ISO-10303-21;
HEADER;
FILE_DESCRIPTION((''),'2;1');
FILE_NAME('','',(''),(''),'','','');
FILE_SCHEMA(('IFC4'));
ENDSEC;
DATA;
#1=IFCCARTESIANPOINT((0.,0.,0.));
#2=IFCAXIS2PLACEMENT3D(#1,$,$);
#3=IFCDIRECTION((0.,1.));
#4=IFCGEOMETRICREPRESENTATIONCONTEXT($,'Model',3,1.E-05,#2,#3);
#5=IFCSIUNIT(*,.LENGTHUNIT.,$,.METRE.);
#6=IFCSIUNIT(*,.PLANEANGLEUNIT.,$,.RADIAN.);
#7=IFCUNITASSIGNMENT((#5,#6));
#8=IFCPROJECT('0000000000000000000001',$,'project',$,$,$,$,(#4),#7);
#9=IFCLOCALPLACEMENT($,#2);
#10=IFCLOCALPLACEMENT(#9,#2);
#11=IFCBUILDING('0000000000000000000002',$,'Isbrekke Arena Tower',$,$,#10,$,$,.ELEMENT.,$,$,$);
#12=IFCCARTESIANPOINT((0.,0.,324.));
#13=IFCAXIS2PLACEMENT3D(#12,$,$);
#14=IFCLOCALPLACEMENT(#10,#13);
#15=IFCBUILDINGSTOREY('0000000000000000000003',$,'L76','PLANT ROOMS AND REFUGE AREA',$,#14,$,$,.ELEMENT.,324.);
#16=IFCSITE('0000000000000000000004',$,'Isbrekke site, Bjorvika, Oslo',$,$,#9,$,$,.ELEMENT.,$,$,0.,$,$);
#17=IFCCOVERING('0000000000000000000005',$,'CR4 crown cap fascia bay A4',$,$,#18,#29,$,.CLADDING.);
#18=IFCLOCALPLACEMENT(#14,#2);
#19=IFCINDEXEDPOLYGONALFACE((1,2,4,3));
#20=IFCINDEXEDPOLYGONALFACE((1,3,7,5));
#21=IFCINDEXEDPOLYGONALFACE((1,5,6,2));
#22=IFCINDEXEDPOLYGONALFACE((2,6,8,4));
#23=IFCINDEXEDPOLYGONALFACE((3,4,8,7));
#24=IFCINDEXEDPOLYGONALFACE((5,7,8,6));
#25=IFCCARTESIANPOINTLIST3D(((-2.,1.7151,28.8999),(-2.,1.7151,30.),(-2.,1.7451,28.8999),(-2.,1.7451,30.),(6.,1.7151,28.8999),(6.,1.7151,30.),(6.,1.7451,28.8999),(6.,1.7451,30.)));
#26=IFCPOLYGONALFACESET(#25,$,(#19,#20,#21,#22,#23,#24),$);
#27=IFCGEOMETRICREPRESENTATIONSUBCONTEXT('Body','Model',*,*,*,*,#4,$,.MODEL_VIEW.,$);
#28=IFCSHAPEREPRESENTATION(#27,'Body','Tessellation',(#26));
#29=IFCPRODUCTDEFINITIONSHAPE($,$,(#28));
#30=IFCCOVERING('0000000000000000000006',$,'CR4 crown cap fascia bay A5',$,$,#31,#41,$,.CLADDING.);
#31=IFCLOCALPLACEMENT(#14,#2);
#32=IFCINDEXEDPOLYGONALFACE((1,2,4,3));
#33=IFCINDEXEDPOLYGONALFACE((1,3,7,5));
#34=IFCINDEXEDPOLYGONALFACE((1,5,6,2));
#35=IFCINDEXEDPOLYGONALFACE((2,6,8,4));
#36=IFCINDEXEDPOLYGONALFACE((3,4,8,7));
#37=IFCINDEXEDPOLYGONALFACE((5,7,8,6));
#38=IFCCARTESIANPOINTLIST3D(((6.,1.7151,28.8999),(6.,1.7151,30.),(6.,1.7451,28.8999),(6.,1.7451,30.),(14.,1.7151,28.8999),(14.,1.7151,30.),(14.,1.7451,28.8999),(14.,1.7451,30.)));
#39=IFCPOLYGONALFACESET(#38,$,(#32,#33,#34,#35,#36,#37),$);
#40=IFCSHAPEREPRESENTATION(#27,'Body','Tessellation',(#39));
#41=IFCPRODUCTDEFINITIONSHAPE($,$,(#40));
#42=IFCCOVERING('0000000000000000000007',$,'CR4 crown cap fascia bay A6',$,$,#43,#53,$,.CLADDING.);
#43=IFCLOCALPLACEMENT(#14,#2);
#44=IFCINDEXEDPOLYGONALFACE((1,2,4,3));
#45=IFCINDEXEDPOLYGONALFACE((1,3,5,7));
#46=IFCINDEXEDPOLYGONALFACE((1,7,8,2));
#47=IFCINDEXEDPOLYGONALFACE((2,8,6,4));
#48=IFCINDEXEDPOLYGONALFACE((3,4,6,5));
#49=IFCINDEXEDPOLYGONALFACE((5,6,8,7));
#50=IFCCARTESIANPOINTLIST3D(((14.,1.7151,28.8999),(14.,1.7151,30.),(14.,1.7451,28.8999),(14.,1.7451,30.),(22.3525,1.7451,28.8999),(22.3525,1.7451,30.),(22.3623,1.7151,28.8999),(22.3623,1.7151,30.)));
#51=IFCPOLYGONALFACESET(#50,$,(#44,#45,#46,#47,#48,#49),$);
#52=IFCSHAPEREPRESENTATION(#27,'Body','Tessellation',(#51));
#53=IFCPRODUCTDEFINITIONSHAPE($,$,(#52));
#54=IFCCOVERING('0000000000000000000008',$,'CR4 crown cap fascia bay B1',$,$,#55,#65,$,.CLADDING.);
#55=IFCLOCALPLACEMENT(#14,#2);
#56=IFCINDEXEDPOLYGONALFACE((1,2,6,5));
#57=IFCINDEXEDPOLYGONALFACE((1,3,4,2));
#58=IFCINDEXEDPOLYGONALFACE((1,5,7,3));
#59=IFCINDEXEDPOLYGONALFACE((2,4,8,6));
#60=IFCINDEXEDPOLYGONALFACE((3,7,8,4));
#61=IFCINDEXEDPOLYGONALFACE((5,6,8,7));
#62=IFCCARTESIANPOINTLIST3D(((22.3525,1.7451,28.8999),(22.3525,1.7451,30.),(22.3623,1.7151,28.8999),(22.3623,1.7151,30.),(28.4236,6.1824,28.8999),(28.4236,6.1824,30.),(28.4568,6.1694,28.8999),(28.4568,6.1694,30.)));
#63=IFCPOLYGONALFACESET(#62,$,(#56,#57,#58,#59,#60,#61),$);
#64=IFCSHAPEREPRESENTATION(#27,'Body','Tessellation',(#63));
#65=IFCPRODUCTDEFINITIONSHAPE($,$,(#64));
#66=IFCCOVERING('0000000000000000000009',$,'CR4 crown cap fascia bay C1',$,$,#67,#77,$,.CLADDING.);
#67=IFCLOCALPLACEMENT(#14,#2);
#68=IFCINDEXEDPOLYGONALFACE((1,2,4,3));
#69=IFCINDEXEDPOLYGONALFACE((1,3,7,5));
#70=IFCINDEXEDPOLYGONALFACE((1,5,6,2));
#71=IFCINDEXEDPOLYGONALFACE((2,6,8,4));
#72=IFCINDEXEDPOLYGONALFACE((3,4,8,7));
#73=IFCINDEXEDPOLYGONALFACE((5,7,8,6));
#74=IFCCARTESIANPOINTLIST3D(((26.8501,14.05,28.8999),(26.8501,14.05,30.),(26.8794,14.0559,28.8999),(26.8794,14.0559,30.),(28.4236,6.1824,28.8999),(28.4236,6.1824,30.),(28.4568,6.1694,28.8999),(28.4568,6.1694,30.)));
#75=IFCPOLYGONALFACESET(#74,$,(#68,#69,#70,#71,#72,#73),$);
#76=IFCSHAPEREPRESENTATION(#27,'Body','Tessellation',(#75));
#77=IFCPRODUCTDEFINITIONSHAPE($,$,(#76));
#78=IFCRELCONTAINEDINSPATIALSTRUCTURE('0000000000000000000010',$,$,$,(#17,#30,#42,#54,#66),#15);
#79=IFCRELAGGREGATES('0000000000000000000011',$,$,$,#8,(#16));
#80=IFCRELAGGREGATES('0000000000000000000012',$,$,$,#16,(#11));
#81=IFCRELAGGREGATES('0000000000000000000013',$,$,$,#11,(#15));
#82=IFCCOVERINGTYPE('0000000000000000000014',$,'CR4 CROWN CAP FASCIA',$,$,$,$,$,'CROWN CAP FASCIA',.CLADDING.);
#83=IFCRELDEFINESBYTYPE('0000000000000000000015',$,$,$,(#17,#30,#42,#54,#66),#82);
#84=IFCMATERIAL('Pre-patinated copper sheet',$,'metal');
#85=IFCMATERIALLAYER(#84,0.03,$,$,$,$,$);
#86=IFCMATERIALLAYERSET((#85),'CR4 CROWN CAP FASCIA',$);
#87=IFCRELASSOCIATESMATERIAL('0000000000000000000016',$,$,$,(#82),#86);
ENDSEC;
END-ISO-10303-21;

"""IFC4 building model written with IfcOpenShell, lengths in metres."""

from ifc_helpers import new_model, si_unit, direction, frame, origin, place, context, subcontext, project, spatial, polyline, outline, extrude, material, layer, layer_set, type_object, element, save


model = new_model("IFC4")

# Units and contexts
model_context = context("Model", 3, precision=1e-05, world=origin(), true_north=direction((0.0, 1.0)))
body_context = subcontext(model_context, "Body", "Model", "MODEL_VIEW")
ifc_project = project(units=[si_unit("LENGTHUNIT", "METRE"), si_unit("PLANEANGLEUNIT", "RADIAN")], contexts=[model_context])

# Site, building, storey
site_placement = place(None, origin())
site = spatial("IfcSite", under=ifc_project, at=site_placement, Name="Isbrekke site, Bjorvika, Oslo", CompositionType="ELEMENT", RefElevation=0.0)
building_placement = place(site_placement, origin())
building = spatial("IfcBuilding", under=site, at=building_placement, Name="Isbrekke Arena Tower", CompositionType="ELEMENT")
storey_placement = place(building_placement, frame((0.0, 0.0, 324.0)))
storey = spatial("IfcBuildingStorey", under=building, at=storey_placement, Name="L76", Description="PLANT ROOMS AND REFUGE AREA", CompositionType="ELEMENT", Elevation=324.0)

# Coverings
ifc_material_1 = material(Name="Pre-patinated copper sheet", Category="metal")
ifc_layer_1 = layer(ifc_material_1, 0.03)
ifc_layer_set_1 = layer_set([ifc_layer_1], Name="CR4 CROWN CAP FASCIA")
covering_type_1 = type_object("IfcCoveringType", Name="CR4 CROWN CAP FASCIA", ElementType="CROWN CAP FASCIA", PredefinedType="CLADDING", material=ifc_layer_set_1)
covering_1_placement = place(storey_placement, frame((0.0, 0.0, 28.8999)))
element("IfcCovering", 1, at=covering_1_placement, inside=storey, type_object=covering_type_1, Name="CR4 crown cap fascia bay A4", PredefinedType="CLADDING", context=body_context, shape_type="SweptSolid", body=[
    extrude(outline(polyline([(-2.0, 1.7451), (6.0, 1.7451), (6.0, 1.7151), (-2.0, 1.7151), (-2.0, 1.7451)])), origin(), (0.0, 0.0, 1.0), 1.1001),
])
covering_2_placement = place(storey_placement, frame((0.0, 0.0, 28.8999)))
element("IfcCovering", 2, at=covering_2_placement, inside=storey, type_object=covering_type_1, Name="CR4 crown cap fascia bay A5", PredefinedType="CLADDING", context=body_context, shape_type="SweptSolid", body=[
    extrude(outline(polyline([(6.0, 1.7451), (14.0, 1.7451), (14.0, 1.7151), (6.0, 1.7151), (6.0, 1.7451)])), origin(), (0.0, 0.0, 1.0), 1.1001),
])
covering_3_placement = place(storey_placement, frame((0.0, 0.0, 28.8999)))
element("IfcCovering", 3, at=covering_3_placement, inside=storey, type_object=covering_type_1, Name="CR4 crown cap fascia bay A6", PredefinedType="CLADDING", context=body_context, shape_type="SweptSolid", body=[
    extrude(outline(polyline([(14.0, 1.7451), (22.3525, 1.7451), (22.3623, 1.7151), (14.0, 1.7151), (14.0, 1.7451)])), origin(), (0.0, 0.0, 1.0), 1.1001),
])
covering_4_placement = place(storey_placement, frame((0.0, 0.0, 28.8999)))
element("IfcCovering", 4, at=covering_4_placement, inside=storey, type_object=covering_type_1, Name="CR4 crown cap fascia bay B1", PredefinedType="CLADDING", context=body_context, shape_type="SweptSolid", body=[
    extrude(outline(polyline([(22.3525, 1.7451), (28.4236, 6.1824), (28.4568, 6.1694), (22.3623, 1.7151), (22.3525, 1.7451)])), origin(), (0.0, 0.0, 1.0), 1.1001),
])
covering_5_placement = place(storey_placement, frame((0.0, 0.0, 28.8999)))
element("IfcCovering", 5, at=covering_5_placement, inside=storey, type_object=covering_type_1, Name="CR4 crown cap fascia bay C1", PredefinedType="CLADDING", context=body_context, shape_type="SweptSolid", body=[
    extrude(outline(polyline([(28.4236, 6.1824), (26.8501, 14.05), (26.8794, 14.0559), (28.4568, 6.1694), (28.4236, 6.1824)])), origin(), (0.0, 0.0, 1.0), 1.1001),
])

save(model, "model.ifc")
